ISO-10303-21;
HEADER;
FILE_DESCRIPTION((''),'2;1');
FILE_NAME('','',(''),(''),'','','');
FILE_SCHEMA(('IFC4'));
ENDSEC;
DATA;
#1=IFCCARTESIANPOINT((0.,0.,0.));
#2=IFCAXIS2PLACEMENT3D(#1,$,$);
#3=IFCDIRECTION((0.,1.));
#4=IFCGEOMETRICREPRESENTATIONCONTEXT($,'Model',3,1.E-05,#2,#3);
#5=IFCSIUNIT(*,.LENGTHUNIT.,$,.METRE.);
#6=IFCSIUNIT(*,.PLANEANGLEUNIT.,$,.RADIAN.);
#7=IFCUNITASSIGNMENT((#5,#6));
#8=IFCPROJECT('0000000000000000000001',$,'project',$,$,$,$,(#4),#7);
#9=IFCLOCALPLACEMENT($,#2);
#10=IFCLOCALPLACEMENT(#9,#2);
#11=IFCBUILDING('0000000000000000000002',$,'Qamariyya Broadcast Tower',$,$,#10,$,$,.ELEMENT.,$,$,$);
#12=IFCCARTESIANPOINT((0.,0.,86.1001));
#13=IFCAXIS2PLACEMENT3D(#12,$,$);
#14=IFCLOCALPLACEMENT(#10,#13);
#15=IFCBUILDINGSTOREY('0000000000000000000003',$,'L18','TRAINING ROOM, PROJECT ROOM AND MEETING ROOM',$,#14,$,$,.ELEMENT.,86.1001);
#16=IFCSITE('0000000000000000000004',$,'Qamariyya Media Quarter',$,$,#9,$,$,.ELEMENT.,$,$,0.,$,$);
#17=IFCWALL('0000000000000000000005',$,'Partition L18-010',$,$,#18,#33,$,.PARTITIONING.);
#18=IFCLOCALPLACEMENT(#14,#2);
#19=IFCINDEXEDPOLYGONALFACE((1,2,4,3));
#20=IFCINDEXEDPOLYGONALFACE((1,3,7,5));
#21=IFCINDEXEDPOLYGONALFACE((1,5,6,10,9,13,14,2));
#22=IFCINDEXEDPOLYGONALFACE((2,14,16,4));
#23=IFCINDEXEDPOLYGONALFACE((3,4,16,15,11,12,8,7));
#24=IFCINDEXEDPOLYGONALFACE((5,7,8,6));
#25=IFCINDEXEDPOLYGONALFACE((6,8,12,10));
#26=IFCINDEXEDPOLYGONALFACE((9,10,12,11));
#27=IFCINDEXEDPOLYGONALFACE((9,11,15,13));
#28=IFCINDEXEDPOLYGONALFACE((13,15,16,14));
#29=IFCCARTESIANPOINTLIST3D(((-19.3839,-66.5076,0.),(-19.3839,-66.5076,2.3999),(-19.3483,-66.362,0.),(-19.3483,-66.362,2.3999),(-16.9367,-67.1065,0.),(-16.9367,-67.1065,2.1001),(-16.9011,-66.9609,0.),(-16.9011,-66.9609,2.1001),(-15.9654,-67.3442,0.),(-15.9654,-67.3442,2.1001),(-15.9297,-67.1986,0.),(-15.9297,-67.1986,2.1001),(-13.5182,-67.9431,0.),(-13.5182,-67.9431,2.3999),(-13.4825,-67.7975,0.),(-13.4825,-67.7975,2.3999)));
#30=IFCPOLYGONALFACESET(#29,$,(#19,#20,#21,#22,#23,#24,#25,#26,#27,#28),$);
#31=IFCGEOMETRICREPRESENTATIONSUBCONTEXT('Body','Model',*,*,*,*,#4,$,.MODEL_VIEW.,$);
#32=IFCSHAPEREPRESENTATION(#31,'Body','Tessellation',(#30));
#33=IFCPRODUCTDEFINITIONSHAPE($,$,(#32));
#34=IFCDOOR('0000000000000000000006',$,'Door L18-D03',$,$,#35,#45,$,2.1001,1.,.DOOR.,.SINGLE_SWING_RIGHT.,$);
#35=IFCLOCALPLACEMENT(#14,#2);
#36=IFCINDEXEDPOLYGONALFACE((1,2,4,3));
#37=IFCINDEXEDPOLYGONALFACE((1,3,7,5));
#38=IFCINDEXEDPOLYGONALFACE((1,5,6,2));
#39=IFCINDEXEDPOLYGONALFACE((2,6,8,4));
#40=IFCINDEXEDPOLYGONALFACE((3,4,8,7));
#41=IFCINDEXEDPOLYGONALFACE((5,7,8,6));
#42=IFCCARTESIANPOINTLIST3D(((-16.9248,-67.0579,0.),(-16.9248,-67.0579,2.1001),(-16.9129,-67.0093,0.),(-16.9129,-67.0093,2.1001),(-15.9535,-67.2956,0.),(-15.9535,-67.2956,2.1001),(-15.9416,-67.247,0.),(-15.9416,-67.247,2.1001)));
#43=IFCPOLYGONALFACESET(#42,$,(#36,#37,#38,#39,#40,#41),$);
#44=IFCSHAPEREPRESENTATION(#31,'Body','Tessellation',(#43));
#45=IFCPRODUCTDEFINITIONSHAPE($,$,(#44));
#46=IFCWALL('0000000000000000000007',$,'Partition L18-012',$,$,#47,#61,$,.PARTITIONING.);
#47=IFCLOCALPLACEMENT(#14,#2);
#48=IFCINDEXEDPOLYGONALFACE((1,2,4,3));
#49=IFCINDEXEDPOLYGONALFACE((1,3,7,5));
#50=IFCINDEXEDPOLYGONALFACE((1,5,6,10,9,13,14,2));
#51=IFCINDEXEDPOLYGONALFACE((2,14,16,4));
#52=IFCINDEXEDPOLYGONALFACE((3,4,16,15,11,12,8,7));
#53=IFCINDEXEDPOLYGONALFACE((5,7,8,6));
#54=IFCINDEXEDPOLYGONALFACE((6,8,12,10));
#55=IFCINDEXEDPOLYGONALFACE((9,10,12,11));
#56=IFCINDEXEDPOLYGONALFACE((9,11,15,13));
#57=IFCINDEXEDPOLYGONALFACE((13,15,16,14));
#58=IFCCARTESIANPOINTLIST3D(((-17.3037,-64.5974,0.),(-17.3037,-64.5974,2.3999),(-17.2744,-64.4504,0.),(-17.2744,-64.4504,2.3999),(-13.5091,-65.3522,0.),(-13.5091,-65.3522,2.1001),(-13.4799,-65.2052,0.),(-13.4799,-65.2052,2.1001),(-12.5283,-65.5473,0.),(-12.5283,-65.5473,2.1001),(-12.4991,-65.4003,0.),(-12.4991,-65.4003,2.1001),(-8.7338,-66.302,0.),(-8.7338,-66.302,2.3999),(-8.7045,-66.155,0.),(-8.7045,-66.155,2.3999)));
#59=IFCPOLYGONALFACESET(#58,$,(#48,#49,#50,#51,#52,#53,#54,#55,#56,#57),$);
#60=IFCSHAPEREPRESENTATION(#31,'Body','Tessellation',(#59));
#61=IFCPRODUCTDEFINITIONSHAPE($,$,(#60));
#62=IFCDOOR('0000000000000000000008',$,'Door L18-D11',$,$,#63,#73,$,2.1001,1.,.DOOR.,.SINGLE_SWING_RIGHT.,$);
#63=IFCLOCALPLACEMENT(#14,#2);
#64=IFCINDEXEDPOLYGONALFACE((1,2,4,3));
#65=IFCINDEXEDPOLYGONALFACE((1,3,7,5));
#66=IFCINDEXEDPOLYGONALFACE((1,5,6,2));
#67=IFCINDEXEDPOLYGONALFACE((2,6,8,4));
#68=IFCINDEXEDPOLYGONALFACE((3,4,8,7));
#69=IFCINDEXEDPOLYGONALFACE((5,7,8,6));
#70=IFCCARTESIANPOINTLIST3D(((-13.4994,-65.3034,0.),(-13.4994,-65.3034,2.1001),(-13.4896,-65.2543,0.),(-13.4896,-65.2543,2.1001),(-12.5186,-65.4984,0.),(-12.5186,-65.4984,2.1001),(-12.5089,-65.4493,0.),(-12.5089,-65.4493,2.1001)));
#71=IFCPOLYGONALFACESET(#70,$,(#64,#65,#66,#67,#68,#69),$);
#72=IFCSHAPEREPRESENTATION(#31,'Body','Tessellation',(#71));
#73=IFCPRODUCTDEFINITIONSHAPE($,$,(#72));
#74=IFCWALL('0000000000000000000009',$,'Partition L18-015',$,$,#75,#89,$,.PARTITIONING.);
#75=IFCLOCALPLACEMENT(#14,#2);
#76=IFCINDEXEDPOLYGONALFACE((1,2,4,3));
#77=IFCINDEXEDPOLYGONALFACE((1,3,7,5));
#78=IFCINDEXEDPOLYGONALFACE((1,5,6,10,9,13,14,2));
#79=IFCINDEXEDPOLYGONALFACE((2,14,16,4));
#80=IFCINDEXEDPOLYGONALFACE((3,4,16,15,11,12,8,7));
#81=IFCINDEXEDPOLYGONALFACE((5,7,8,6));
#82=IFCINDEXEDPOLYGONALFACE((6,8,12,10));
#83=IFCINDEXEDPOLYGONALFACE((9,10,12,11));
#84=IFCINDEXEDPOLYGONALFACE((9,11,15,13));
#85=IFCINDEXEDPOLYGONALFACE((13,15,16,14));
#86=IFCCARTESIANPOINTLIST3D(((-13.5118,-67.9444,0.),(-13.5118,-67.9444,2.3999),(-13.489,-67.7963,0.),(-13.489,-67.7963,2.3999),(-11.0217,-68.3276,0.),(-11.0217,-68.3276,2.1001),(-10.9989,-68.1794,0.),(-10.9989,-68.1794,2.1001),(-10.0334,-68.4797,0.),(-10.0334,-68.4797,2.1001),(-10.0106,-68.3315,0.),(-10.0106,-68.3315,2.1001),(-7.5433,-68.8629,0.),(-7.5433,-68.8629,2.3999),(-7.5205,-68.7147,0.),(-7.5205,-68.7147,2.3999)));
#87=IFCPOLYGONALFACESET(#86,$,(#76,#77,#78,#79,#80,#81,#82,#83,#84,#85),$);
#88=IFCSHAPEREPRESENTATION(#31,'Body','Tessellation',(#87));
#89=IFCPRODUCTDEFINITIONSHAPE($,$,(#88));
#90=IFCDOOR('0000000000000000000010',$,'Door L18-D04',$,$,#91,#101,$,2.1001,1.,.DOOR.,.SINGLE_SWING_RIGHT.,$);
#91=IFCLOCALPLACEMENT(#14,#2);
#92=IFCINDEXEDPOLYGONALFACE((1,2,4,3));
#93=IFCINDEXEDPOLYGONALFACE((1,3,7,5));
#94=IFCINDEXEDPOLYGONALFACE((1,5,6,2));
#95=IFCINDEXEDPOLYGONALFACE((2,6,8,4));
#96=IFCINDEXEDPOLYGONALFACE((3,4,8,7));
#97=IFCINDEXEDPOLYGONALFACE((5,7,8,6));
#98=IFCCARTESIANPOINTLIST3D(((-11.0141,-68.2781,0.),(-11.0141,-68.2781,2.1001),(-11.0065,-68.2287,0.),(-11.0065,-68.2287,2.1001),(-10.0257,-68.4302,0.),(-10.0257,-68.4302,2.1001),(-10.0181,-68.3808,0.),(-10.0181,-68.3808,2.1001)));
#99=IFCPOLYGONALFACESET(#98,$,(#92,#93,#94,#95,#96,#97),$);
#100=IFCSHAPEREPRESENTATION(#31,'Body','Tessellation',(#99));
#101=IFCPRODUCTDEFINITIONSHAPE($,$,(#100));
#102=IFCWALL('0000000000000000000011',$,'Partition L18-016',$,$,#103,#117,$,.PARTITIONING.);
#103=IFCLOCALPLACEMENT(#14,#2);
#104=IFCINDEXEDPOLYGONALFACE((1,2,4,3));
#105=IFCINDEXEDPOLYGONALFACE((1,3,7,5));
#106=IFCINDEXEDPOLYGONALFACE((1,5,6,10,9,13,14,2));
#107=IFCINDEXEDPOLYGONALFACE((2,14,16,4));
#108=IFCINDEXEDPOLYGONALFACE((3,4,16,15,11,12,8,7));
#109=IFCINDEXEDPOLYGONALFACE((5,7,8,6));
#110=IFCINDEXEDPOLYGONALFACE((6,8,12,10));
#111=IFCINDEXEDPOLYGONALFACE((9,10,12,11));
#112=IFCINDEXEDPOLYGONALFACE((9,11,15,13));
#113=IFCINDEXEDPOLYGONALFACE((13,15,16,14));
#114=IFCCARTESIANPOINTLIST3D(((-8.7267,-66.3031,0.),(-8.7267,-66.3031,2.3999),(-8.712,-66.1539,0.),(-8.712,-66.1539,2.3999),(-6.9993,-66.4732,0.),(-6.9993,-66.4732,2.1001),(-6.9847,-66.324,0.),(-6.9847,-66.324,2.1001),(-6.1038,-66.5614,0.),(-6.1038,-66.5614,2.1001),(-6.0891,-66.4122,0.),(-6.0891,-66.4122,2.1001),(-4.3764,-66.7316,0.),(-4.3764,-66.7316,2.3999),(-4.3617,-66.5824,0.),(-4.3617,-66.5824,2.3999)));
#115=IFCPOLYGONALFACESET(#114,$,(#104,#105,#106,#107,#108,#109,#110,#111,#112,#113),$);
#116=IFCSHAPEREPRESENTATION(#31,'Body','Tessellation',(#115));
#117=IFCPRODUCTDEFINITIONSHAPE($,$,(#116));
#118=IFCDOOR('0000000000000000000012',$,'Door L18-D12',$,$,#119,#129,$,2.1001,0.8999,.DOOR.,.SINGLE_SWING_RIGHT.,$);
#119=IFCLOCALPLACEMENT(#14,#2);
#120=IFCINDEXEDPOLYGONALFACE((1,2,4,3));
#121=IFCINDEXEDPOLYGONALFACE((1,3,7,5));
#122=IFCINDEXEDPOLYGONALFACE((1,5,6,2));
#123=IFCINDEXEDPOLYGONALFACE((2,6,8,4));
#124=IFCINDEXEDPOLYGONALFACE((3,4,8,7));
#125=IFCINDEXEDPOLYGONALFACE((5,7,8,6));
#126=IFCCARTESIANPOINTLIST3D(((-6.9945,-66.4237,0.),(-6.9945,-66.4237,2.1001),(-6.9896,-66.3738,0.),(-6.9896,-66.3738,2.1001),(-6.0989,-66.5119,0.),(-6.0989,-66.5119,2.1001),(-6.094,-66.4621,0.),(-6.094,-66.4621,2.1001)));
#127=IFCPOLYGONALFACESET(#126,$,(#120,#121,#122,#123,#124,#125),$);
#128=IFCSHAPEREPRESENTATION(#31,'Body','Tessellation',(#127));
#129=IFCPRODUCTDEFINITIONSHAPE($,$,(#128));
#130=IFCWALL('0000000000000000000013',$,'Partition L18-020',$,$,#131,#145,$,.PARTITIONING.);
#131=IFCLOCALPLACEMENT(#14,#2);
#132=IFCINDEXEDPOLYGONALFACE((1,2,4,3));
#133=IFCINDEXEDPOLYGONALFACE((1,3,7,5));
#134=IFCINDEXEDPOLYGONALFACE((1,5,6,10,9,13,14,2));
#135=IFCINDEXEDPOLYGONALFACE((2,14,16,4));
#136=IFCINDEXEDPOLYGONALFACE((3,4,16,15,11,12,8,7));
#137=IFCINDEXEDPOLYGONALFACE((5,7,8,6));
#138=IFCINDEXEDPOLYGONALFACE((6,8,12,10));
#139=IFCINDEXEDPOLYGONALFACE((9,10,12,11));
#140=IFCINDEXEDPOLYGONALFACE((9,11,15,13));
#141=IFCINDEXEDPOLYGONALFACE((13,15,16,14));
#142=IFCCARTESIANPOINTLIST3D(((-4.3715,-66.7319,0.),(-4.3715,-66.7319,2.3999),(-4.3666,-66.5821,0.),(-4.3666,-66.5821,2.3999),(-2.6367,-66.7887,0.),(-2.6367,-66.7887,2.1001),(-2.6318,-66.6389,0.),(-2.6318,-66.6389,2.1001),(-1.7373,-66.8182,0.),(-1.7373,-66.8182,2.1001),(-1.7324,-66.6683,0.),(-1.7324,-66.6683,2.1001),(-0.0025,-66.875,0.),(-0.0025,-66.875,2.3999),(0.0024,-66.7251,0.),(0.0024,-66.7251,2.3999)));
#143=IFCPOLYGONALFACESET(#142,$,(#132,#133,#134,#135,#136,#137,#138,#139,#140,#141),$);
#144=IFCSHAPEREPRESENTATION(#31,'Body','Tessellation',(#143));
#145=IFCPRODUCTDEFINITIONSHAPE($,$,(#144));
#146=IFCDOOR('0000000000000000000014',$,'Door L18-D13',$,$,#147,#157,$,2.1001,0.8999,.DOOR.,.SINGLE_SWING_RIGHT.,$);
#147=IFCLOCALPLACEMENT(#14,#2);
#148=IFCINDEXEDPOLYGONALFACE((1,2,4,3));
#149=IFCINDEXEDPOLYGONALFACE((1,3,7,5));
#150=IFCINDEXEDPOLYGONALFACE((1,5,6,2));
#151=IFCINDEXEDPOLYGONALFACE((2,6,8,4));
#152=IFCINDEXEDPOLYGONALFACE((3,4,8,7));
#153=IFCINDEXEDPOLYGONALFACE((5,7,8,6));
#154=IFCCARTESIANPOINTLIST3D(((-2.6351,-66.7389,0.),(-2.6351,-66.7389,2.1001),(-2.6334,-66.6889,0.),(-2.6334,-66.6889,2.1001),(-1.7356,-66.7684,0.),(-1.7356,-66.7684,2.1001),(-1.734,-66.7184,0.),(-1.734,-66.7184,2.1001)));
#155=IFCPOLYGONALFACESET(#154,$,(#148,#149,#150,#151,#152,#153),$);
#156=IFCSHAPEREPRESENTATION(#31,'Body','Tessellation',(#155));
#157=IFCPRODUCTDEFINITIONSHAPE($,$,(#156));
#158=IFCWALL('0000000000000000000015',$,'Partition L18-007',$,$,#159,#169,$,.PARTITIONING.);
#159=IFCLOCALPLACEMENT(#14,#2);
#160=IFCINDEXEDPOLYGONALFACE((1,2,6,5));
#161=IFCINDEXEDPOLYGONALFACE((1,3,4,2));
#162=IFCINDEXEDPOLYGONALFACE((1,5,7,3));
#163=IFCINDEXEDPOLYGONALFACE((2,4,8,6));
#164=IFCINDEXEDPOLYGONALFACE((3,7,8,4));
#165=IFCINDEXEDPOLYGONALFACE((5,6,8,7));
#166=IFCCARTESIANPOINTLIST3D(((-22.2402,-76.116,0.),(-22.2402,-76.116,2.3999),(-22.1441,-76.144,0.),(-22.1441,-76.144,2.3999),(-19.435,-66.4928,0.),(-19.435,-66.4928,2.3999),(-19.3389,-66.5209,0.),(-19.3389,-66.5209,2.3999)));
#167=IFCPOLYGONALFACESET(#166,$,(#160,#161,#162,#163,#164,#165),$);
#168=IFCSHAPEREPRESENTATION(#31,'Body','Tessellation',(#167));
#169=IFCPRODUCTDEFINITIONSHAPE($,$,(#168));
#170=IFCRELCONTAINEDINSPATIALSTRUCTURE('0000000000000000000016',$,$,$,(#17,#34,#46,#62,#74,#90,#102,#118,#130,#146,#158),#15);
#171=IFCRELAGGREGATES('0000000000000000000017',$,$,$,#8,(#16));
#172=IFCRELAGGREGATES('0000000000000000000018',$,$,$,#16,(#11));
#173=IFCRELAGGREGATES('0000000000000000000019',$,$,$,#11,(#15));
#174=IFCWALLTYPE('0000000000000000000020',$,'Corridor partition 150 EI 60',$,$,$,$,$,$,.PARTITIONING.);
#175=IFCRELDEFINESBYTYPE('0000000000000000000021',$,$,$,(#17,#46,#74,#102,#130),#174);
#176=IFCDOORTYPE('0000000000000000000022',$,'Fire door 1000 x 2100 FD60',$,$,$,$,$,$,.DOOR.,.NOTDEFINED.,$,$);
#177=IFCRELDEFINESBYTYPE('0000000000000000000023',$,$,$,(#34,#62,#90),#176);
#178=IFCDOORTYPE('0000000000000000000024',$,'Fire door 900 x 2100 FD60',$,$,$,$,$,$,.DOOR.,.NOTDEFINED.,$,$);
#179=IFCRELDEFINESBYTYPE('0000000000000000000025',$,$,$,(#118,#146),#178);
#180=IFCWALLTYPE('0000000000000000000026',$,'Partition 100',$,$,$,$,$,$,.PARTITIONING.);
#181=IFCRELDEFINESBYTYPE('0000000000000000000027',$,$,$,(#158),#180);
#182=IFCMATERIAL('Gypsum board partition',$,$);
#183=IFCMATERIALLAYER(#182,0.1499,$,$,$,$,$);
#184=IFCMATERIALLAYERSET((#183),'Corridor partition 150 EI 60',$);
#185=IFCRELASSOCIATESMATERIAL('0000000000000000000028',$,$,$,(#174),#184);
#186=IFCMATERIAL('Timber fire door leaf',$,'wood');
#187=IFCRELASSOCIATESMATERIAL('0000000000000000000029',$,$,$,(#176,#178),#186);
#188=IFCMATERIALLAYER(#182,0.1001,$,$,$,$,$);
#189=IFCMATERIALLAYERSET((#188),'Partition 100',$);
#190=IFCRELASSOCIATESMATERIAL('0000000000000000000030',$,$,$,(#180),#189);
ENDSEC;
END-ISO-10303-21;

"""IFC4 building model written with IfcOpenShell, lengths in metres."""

from ifc_helpers import new_model, si_unit, direction, frame, frame_2d, origin, place, context, subcontext, project, spatial, rectangle, extrude, material, layer, layer_set, type_object, element, fill, save


model = new_model("IFC4")

# Units and contexts
model_context = context("Model", 3, precision=1e-05, world=origin(), true_north=direction((0.0, 1.0)))
body_context = subcontext(model_context, "Body", "Model", "MODEL_VIEW")
ifc_project = project(units=[si_unit("LENGTHUNIT", "METRE"), si_unit("PLANEANGLEUNIT", "RADIAN")], contexts=[model_context])

# Site, building, storey
site_placement = place(None, origin())
site = spatial("IfcSite", under=ifc_project, at=site_placement, Name="Qamariyya Media Quarter", CompositionType="ELEMENT", RefElevation=0.0)
building_placement = place(site_placement, origin())
building = spatial("IfcBuilding", under=site, at=building_placement, Name="Qamariyya Broadcast Tower", CompositionType="ELEMENT")
storey_placement = place(building_placement, frame((0.0, 0.0, 86.1001)))
storey = spatial("IfcBuildingStorey", under=building, at=storey_placement, Name="L18", Description="TRAINING ROOM, PROJECT ROOM AND MEETING ROOM", CompositionType="ELEMENT", Elevation=86.1001)

# Walls, openings, doors
ifc_material_1 = material(Name="Gypsum board partition")
ifc_layer_1 = layer(ifc_material_1, 0.1499)
ifc_layer_set_1 = layer_set([ifc_layer_1], Name="Corridor partition 150 EI 60")
wall_type_1 = type_object("IfcWallType", Name="Corridor partition 150 EI 60", PredefinedType="PARTITIONING", material=ifc_layer_set_1)
ifc_material_2 = material(Name="Timber fire door leaf", Category="wood")
door_type_1 = type_object("IfcDoorType", Name="Fire door 1000 x 2100 FD60", OperationType="NOTDEFINED", PredefinedType="DOOR", material=ifc_material_2)
door_type_2 = type_object("IfcDoorType", Name="Fire door 900 x 2100 FD60", OperationType="NOTDEFINED", PredefinedType="DOOR", material=ifc_material_2)
wall_1_placement = place(storey_placement, frame((-13.5002, -67.8704, 0.0), z_axis=(0.0, 0.0, 1.0), x_axis=(-0.971334, 0.237719, 0.0)))
wall_1 = element("IfcWall", 1, at=wall_1_placement, inside=storey, type_object=wall_type_1, Name="Partition L18-010", PredefinedType="PARTITIONING", context=body_context, shape_type="SweptSolid", body=[
    extrude(rectangle(XDim=6.0388, YDim=0.1499, at=frame_2d((3.0195, 0.0))), origin(), (0.0, 0.0, 1.0), 2.3999),
])
opening_1_placement = place(wall_1_placement, frame((2.5195, 0.0, 0.0)))
opening_1 = element("IfcOpeningElement", 2, at=opening_1_placement, cuts=wall_1, PredefinedType="OPENING", context=body_context, shape_type="SweptSolid", body=[
    extrude(rectangle(XDim=1.0, YDim=2.1001, at=frame_2d((0.5, 1.05))), frame((0.0, 0.085, 0.0), z_axis=(0.0, -1.0, 0.0), x_axis=(1.0, 0.0, 0.0)), (0.0, 0.0, 1.0), 0.1699),
])
door_1_placement = place(opening_1_placement, origin())
door_1 = element("IfcDoor", 3, at=door_1_placement, inside=storey, type_object=door_type_1, Name="Door L18-D03", OperationType="SINGLE_SWING_RIGHT", OverallHeight=2.1001, OverallWidth=1.0, PredefinedType="DOOR", context=body_context, shape_type="SweptSolid", body=[
    extrude(rectangle(XDim=1.0, YDim=2.1001, at=frame_2d((0.5, 1.05))), frame((0.0, 0.0249, 0.0), z_axis=(0.0, -1.0, 0.0), x_axis=(1.0, 0.0, 0.0)), (0.0, 0.0, 1.0), 0.05),
])
fill(opening_1, door_1)
wall_2_placement = place(storey_placement, frame((-17.2891, -64.5239, 0.0), z_axis=(0.0, 0.0, 1.0), x_axis=(0.980786, -0.195084, 0.0)))
wall_2 = element("IfcWall", 4, at=wall_2_placement, inside=storey, type_object=wall_type_1, Name="Partition L18-012", PredefinedType="PARTITIONING", context=body_context, shape_type="SweptSolid", body=[
    extrude(rectangle(XDim=8.7378, YDim=0.1499, at=frame_2d((4.3689, 0.0))), origin(), (0.0, 0.0, 1.0), 2.3999),
])
opening_2_placement = place(wall_2_placement, frame((3.8689, 0.0, 0.0)))
opening_2 = element("IfcOpeningElement", 5, at=opening_2_placement, cuts=wall_2, PredefinedType="OPENING", context=body_context, shape_type="SweptSolid", body=[
    extrude(rectangle(XDim=1.0, YDim=2.1001, at=frame_2d((0.5, 1.05))), frame((0.0, 0.085, 0.0), z_axis=(0.0, -1.0, 0.0), x_axis=(1.0, 0.0, 0.0)), (0.0, 0.0, 1.0), 0.1699),
])
door_2_placement = place(opening_2_placement, origin())
door_2 = element("IfcDoor", 6, at=door_2_placement, inside=storey, type_object=door_type_1, Name="Door L18-D11", OperationType="SINGLE_SWING_RIGHT", OverallHeight=2.1001, OverallWidth=1.0, PredefinedType="DOOR", context=body_context, shape_type="SweptSolid", body=[
    extrude(rectangle(XDim=1.0, YDim=2.1001, at=frame_2d((0.5, 1.05))), frame((0.0, 0.0249, 0.0), z_axis=(0.0, -1.0, 0.0), x_axis=(1.0, 0.0, 0.0)), (0.0, 0.0, 1.0), 0.05),
])
fill(opening_2, door_2)
wall_3_placement = place(storey_placement, frame((-7.5317, -68.7888, 0.0), z_axis=(0.0, 0.0, 1.0), x_axis=(-0.988366, 0.152094, 0.0)))
wall_3 = element("IfcWall", 7, at=wall_3_placement, inside=storey, type_object=wall_type_1, Name="Partition L18-015", PredefinedType="PARTITIONING", context=body_context, shape_type="SweptSolid", body=[
    extrude(rectangle(XDim=6.0388, YDim=0.1499, at=frame_2d((3.0195, 0.0))), origin(), (0.0, 0.0, 1.0), 2.3999),
])
opening_3_placement = place(wall_3_placement, frame((2.5195, 0.0, 0.0)))
opening_3 = element("IfcOpeningElement", 8, at=opening_3_placement, cuts=wall_3, PredefinedType="OPENING", context=body_context, shape_type="SweptSolid", body=[
    extrude(rectangle(XDim=1.0, YDim=2.1001, at=frame_2d((0.5, 1.05))), frame((0.0, 0.085, 0.0), z_axis=(0.0, -1.0, 0.0), x_axis=(1.0, 0.0, 0.0)), (0.0, 0.0, 1.0), 0.1699),
])
door_3_placement = place(opening_3_placement, origin())
door_3 = element("IfcDoor", 9, at=door_3_placement, inside=storey, type_object=door_type_1, Name="Door L18-D04", OperationType="SINGLE_SWING_RIGHT", OverallHeight=2.1001, OverallWidth=1.0, PredefinedType="DOOR", context=body_context, shape_type="SweptSolid", body=[
    extrude(rectangle(XDim=1.0, YDim=2.1001, at=frame_2d((0.5, 1.05))), frame((0.0, 0.0249, 0.0), z_axis=(0.0, -1.0, 0.0), x_axis=(1.0, 0.0, 0.0)), (0.0, 0.0, 1.0), 0.05),
])
fill(opening_3, door_3)
wall_4_placement = place(storey_placement, frame((-8.7192, -66.2285, 0.0), z_axis=(0.0, 0.0, 1.0), x_axis=(0.995185, -0.098016, 0.0)))
wall_4 = element("IfcWall", 10, at=wall_4_placement, inside=storey, type_object=wall_type_1, Name="Partition L18-016", PredefinedType="PARTITIONING", context=body_context, shape_type="SweptSolid", body=[
    extrude(rectangle(XDim=4.3713, YDim=0.1499, at=frame_2d((2.1855, 0.0))), origin(), (0.0, 0.0, 1.0), 2.3999),
])
opening_4_placement = place(wall_4_placement, frame((1.7356, 0.0, 0.0)))
opening_4 = element("IfcOpeningElement", 11, at=opening_4_placement, cuts=wall_4, PredefinedType="OPENING", context=body_context, shape_type="SweptSolid", body=[
    extrude(rectangle(XDim=0.8999, YDim=2.1001, at=frame_2d((0.45, 1.05))), frame((0.0, 0.085, 0.0), z_axis=(0.0, -1.0, 0.0), x_axis=(1.0, 0.0, 0.0)), (0.0, 0.0, 1.0), 0.1699),
])
door_4_placement = place(opening_4_placement, origin())
door_4 = element("IfcDoor", 12, at=door_4_placement, inside=storey, type_object=door_type_2, Name="Door L18-D12", OperationType="SINGLE_SWING_RIGHT", OverallHeight=2.1001, OverallWidth=0.8999, PredefinedType="DOOR", context=body_context, shape_type="SweptSolid", body=[
    extrude(rectangle(XDim=0.8999, YDim=2.1001, at=frame_2d((0.45, 1.05))), frame((0.0, 0.0249, 0.0), z_axis=(0.0, -1.0, 0.0), x_axis=(1.0, 0.0, 0.0)), (0.0, 0.0, 1.0), 0.05),
])
fill(opening_4, door_4)
wall_5_placement = place(storey_placement, frame((-4.3689, -66.657, 0.0), z_axis=(0.0, 0.0, 1.0), x_axis=(0.999464, -0.032729, 0.0)))
wall_5 = element("IfcWall", 13, at=wall_5_placement, inside=storey, type_object=wall_type_1, Name="Partition L18-020", PredefinedType="PARTITIONING", context=body_context, shape_type="SweptSolid", body=[
    extrude(rectangle(XDim=4.3713, YDim=0.1499, at=frame_2d((2.1855, 0.0))), origin(), (0.0, 0.0, 1.0), 2.3999),
])
opening_5_placement = place(wall_5_placement, frame((1.7356, 0.0, 0.0)))
opening_5 = element("IfcOpeningElement", 14, at=opening_5_placement, cuts=wall_5, PredefinedType="OPENING", context=body_context, shape_type="SweptSolid", body=[
    extrude(rectangle(XDim=0.8999, YDim=2.1001, at=frame_2d((0.45, 1.05))), frame((0.0, 0.085, 0.0), z_axis=(0.0, -1.0, 0.0), x_axis=(1.0, 0.0, 0.0)), (0.0, 0.0, 1.0), 0.1699),
])
door_5_placement = place(opening_5_placement, origin())
door_5 = element("IfcDoor", 15, at=door_5_placement, inside=storey, type_object=door_type_2, Name="Door L18-D13", OperationType="SINGLE_SWING_RIGHT", OverallHeight=2.1001, OverallWidth=0.8999, PredefinedType="DOOR", context=body_context, shape_type="SweptSolid", body=[
    extrude(rectangle(XDim=0.8999, YDim=2.1001, at=frame_2d((0.45, 1.05))), frame((0.0, 0.0249, 0.0), z_axis=(0.0, -1.0, 0.0), x_axis=(1.0, 0.0, 0.0)), (0.0, 0.0, 1.0), 0.05),
])
fill(opening_5, door_5)

# Wall
ifc_layer_2 = layer(ifc_material_1, 0.1001)
ifc_layer_set_2 = layer_set([ifc_layer_2], Name="Partition 100")
wall_type_2 = type_object("IfcWallType", Name="Partition 100", PredefinedType="PARTITIONING", material=ifc_layer_set_2)
wall_6_placement = place(storey_placement, frame((-22.1921, -76.1299, 0.0), z_axis=(0.0, 0.0, 1.0), x_axis=(0.279858, 0.960041, 0.0)))
element("IfcWall", 16, at=wall_6_placement, inside=storey, type_object=wall_type_2, Name="Partition L18-007", PredefinedType="PARTITIONING", context=body_context, shape_type="SweptSolid", body=[
    extrude(rectangle(XDim=10.0237, YDim=0.1001, at=frame_2d((5.0117, 0.0))), origin(), (0.0, 0.0, 1.0), 2.3999),
])

save(model, "model.ifc")
